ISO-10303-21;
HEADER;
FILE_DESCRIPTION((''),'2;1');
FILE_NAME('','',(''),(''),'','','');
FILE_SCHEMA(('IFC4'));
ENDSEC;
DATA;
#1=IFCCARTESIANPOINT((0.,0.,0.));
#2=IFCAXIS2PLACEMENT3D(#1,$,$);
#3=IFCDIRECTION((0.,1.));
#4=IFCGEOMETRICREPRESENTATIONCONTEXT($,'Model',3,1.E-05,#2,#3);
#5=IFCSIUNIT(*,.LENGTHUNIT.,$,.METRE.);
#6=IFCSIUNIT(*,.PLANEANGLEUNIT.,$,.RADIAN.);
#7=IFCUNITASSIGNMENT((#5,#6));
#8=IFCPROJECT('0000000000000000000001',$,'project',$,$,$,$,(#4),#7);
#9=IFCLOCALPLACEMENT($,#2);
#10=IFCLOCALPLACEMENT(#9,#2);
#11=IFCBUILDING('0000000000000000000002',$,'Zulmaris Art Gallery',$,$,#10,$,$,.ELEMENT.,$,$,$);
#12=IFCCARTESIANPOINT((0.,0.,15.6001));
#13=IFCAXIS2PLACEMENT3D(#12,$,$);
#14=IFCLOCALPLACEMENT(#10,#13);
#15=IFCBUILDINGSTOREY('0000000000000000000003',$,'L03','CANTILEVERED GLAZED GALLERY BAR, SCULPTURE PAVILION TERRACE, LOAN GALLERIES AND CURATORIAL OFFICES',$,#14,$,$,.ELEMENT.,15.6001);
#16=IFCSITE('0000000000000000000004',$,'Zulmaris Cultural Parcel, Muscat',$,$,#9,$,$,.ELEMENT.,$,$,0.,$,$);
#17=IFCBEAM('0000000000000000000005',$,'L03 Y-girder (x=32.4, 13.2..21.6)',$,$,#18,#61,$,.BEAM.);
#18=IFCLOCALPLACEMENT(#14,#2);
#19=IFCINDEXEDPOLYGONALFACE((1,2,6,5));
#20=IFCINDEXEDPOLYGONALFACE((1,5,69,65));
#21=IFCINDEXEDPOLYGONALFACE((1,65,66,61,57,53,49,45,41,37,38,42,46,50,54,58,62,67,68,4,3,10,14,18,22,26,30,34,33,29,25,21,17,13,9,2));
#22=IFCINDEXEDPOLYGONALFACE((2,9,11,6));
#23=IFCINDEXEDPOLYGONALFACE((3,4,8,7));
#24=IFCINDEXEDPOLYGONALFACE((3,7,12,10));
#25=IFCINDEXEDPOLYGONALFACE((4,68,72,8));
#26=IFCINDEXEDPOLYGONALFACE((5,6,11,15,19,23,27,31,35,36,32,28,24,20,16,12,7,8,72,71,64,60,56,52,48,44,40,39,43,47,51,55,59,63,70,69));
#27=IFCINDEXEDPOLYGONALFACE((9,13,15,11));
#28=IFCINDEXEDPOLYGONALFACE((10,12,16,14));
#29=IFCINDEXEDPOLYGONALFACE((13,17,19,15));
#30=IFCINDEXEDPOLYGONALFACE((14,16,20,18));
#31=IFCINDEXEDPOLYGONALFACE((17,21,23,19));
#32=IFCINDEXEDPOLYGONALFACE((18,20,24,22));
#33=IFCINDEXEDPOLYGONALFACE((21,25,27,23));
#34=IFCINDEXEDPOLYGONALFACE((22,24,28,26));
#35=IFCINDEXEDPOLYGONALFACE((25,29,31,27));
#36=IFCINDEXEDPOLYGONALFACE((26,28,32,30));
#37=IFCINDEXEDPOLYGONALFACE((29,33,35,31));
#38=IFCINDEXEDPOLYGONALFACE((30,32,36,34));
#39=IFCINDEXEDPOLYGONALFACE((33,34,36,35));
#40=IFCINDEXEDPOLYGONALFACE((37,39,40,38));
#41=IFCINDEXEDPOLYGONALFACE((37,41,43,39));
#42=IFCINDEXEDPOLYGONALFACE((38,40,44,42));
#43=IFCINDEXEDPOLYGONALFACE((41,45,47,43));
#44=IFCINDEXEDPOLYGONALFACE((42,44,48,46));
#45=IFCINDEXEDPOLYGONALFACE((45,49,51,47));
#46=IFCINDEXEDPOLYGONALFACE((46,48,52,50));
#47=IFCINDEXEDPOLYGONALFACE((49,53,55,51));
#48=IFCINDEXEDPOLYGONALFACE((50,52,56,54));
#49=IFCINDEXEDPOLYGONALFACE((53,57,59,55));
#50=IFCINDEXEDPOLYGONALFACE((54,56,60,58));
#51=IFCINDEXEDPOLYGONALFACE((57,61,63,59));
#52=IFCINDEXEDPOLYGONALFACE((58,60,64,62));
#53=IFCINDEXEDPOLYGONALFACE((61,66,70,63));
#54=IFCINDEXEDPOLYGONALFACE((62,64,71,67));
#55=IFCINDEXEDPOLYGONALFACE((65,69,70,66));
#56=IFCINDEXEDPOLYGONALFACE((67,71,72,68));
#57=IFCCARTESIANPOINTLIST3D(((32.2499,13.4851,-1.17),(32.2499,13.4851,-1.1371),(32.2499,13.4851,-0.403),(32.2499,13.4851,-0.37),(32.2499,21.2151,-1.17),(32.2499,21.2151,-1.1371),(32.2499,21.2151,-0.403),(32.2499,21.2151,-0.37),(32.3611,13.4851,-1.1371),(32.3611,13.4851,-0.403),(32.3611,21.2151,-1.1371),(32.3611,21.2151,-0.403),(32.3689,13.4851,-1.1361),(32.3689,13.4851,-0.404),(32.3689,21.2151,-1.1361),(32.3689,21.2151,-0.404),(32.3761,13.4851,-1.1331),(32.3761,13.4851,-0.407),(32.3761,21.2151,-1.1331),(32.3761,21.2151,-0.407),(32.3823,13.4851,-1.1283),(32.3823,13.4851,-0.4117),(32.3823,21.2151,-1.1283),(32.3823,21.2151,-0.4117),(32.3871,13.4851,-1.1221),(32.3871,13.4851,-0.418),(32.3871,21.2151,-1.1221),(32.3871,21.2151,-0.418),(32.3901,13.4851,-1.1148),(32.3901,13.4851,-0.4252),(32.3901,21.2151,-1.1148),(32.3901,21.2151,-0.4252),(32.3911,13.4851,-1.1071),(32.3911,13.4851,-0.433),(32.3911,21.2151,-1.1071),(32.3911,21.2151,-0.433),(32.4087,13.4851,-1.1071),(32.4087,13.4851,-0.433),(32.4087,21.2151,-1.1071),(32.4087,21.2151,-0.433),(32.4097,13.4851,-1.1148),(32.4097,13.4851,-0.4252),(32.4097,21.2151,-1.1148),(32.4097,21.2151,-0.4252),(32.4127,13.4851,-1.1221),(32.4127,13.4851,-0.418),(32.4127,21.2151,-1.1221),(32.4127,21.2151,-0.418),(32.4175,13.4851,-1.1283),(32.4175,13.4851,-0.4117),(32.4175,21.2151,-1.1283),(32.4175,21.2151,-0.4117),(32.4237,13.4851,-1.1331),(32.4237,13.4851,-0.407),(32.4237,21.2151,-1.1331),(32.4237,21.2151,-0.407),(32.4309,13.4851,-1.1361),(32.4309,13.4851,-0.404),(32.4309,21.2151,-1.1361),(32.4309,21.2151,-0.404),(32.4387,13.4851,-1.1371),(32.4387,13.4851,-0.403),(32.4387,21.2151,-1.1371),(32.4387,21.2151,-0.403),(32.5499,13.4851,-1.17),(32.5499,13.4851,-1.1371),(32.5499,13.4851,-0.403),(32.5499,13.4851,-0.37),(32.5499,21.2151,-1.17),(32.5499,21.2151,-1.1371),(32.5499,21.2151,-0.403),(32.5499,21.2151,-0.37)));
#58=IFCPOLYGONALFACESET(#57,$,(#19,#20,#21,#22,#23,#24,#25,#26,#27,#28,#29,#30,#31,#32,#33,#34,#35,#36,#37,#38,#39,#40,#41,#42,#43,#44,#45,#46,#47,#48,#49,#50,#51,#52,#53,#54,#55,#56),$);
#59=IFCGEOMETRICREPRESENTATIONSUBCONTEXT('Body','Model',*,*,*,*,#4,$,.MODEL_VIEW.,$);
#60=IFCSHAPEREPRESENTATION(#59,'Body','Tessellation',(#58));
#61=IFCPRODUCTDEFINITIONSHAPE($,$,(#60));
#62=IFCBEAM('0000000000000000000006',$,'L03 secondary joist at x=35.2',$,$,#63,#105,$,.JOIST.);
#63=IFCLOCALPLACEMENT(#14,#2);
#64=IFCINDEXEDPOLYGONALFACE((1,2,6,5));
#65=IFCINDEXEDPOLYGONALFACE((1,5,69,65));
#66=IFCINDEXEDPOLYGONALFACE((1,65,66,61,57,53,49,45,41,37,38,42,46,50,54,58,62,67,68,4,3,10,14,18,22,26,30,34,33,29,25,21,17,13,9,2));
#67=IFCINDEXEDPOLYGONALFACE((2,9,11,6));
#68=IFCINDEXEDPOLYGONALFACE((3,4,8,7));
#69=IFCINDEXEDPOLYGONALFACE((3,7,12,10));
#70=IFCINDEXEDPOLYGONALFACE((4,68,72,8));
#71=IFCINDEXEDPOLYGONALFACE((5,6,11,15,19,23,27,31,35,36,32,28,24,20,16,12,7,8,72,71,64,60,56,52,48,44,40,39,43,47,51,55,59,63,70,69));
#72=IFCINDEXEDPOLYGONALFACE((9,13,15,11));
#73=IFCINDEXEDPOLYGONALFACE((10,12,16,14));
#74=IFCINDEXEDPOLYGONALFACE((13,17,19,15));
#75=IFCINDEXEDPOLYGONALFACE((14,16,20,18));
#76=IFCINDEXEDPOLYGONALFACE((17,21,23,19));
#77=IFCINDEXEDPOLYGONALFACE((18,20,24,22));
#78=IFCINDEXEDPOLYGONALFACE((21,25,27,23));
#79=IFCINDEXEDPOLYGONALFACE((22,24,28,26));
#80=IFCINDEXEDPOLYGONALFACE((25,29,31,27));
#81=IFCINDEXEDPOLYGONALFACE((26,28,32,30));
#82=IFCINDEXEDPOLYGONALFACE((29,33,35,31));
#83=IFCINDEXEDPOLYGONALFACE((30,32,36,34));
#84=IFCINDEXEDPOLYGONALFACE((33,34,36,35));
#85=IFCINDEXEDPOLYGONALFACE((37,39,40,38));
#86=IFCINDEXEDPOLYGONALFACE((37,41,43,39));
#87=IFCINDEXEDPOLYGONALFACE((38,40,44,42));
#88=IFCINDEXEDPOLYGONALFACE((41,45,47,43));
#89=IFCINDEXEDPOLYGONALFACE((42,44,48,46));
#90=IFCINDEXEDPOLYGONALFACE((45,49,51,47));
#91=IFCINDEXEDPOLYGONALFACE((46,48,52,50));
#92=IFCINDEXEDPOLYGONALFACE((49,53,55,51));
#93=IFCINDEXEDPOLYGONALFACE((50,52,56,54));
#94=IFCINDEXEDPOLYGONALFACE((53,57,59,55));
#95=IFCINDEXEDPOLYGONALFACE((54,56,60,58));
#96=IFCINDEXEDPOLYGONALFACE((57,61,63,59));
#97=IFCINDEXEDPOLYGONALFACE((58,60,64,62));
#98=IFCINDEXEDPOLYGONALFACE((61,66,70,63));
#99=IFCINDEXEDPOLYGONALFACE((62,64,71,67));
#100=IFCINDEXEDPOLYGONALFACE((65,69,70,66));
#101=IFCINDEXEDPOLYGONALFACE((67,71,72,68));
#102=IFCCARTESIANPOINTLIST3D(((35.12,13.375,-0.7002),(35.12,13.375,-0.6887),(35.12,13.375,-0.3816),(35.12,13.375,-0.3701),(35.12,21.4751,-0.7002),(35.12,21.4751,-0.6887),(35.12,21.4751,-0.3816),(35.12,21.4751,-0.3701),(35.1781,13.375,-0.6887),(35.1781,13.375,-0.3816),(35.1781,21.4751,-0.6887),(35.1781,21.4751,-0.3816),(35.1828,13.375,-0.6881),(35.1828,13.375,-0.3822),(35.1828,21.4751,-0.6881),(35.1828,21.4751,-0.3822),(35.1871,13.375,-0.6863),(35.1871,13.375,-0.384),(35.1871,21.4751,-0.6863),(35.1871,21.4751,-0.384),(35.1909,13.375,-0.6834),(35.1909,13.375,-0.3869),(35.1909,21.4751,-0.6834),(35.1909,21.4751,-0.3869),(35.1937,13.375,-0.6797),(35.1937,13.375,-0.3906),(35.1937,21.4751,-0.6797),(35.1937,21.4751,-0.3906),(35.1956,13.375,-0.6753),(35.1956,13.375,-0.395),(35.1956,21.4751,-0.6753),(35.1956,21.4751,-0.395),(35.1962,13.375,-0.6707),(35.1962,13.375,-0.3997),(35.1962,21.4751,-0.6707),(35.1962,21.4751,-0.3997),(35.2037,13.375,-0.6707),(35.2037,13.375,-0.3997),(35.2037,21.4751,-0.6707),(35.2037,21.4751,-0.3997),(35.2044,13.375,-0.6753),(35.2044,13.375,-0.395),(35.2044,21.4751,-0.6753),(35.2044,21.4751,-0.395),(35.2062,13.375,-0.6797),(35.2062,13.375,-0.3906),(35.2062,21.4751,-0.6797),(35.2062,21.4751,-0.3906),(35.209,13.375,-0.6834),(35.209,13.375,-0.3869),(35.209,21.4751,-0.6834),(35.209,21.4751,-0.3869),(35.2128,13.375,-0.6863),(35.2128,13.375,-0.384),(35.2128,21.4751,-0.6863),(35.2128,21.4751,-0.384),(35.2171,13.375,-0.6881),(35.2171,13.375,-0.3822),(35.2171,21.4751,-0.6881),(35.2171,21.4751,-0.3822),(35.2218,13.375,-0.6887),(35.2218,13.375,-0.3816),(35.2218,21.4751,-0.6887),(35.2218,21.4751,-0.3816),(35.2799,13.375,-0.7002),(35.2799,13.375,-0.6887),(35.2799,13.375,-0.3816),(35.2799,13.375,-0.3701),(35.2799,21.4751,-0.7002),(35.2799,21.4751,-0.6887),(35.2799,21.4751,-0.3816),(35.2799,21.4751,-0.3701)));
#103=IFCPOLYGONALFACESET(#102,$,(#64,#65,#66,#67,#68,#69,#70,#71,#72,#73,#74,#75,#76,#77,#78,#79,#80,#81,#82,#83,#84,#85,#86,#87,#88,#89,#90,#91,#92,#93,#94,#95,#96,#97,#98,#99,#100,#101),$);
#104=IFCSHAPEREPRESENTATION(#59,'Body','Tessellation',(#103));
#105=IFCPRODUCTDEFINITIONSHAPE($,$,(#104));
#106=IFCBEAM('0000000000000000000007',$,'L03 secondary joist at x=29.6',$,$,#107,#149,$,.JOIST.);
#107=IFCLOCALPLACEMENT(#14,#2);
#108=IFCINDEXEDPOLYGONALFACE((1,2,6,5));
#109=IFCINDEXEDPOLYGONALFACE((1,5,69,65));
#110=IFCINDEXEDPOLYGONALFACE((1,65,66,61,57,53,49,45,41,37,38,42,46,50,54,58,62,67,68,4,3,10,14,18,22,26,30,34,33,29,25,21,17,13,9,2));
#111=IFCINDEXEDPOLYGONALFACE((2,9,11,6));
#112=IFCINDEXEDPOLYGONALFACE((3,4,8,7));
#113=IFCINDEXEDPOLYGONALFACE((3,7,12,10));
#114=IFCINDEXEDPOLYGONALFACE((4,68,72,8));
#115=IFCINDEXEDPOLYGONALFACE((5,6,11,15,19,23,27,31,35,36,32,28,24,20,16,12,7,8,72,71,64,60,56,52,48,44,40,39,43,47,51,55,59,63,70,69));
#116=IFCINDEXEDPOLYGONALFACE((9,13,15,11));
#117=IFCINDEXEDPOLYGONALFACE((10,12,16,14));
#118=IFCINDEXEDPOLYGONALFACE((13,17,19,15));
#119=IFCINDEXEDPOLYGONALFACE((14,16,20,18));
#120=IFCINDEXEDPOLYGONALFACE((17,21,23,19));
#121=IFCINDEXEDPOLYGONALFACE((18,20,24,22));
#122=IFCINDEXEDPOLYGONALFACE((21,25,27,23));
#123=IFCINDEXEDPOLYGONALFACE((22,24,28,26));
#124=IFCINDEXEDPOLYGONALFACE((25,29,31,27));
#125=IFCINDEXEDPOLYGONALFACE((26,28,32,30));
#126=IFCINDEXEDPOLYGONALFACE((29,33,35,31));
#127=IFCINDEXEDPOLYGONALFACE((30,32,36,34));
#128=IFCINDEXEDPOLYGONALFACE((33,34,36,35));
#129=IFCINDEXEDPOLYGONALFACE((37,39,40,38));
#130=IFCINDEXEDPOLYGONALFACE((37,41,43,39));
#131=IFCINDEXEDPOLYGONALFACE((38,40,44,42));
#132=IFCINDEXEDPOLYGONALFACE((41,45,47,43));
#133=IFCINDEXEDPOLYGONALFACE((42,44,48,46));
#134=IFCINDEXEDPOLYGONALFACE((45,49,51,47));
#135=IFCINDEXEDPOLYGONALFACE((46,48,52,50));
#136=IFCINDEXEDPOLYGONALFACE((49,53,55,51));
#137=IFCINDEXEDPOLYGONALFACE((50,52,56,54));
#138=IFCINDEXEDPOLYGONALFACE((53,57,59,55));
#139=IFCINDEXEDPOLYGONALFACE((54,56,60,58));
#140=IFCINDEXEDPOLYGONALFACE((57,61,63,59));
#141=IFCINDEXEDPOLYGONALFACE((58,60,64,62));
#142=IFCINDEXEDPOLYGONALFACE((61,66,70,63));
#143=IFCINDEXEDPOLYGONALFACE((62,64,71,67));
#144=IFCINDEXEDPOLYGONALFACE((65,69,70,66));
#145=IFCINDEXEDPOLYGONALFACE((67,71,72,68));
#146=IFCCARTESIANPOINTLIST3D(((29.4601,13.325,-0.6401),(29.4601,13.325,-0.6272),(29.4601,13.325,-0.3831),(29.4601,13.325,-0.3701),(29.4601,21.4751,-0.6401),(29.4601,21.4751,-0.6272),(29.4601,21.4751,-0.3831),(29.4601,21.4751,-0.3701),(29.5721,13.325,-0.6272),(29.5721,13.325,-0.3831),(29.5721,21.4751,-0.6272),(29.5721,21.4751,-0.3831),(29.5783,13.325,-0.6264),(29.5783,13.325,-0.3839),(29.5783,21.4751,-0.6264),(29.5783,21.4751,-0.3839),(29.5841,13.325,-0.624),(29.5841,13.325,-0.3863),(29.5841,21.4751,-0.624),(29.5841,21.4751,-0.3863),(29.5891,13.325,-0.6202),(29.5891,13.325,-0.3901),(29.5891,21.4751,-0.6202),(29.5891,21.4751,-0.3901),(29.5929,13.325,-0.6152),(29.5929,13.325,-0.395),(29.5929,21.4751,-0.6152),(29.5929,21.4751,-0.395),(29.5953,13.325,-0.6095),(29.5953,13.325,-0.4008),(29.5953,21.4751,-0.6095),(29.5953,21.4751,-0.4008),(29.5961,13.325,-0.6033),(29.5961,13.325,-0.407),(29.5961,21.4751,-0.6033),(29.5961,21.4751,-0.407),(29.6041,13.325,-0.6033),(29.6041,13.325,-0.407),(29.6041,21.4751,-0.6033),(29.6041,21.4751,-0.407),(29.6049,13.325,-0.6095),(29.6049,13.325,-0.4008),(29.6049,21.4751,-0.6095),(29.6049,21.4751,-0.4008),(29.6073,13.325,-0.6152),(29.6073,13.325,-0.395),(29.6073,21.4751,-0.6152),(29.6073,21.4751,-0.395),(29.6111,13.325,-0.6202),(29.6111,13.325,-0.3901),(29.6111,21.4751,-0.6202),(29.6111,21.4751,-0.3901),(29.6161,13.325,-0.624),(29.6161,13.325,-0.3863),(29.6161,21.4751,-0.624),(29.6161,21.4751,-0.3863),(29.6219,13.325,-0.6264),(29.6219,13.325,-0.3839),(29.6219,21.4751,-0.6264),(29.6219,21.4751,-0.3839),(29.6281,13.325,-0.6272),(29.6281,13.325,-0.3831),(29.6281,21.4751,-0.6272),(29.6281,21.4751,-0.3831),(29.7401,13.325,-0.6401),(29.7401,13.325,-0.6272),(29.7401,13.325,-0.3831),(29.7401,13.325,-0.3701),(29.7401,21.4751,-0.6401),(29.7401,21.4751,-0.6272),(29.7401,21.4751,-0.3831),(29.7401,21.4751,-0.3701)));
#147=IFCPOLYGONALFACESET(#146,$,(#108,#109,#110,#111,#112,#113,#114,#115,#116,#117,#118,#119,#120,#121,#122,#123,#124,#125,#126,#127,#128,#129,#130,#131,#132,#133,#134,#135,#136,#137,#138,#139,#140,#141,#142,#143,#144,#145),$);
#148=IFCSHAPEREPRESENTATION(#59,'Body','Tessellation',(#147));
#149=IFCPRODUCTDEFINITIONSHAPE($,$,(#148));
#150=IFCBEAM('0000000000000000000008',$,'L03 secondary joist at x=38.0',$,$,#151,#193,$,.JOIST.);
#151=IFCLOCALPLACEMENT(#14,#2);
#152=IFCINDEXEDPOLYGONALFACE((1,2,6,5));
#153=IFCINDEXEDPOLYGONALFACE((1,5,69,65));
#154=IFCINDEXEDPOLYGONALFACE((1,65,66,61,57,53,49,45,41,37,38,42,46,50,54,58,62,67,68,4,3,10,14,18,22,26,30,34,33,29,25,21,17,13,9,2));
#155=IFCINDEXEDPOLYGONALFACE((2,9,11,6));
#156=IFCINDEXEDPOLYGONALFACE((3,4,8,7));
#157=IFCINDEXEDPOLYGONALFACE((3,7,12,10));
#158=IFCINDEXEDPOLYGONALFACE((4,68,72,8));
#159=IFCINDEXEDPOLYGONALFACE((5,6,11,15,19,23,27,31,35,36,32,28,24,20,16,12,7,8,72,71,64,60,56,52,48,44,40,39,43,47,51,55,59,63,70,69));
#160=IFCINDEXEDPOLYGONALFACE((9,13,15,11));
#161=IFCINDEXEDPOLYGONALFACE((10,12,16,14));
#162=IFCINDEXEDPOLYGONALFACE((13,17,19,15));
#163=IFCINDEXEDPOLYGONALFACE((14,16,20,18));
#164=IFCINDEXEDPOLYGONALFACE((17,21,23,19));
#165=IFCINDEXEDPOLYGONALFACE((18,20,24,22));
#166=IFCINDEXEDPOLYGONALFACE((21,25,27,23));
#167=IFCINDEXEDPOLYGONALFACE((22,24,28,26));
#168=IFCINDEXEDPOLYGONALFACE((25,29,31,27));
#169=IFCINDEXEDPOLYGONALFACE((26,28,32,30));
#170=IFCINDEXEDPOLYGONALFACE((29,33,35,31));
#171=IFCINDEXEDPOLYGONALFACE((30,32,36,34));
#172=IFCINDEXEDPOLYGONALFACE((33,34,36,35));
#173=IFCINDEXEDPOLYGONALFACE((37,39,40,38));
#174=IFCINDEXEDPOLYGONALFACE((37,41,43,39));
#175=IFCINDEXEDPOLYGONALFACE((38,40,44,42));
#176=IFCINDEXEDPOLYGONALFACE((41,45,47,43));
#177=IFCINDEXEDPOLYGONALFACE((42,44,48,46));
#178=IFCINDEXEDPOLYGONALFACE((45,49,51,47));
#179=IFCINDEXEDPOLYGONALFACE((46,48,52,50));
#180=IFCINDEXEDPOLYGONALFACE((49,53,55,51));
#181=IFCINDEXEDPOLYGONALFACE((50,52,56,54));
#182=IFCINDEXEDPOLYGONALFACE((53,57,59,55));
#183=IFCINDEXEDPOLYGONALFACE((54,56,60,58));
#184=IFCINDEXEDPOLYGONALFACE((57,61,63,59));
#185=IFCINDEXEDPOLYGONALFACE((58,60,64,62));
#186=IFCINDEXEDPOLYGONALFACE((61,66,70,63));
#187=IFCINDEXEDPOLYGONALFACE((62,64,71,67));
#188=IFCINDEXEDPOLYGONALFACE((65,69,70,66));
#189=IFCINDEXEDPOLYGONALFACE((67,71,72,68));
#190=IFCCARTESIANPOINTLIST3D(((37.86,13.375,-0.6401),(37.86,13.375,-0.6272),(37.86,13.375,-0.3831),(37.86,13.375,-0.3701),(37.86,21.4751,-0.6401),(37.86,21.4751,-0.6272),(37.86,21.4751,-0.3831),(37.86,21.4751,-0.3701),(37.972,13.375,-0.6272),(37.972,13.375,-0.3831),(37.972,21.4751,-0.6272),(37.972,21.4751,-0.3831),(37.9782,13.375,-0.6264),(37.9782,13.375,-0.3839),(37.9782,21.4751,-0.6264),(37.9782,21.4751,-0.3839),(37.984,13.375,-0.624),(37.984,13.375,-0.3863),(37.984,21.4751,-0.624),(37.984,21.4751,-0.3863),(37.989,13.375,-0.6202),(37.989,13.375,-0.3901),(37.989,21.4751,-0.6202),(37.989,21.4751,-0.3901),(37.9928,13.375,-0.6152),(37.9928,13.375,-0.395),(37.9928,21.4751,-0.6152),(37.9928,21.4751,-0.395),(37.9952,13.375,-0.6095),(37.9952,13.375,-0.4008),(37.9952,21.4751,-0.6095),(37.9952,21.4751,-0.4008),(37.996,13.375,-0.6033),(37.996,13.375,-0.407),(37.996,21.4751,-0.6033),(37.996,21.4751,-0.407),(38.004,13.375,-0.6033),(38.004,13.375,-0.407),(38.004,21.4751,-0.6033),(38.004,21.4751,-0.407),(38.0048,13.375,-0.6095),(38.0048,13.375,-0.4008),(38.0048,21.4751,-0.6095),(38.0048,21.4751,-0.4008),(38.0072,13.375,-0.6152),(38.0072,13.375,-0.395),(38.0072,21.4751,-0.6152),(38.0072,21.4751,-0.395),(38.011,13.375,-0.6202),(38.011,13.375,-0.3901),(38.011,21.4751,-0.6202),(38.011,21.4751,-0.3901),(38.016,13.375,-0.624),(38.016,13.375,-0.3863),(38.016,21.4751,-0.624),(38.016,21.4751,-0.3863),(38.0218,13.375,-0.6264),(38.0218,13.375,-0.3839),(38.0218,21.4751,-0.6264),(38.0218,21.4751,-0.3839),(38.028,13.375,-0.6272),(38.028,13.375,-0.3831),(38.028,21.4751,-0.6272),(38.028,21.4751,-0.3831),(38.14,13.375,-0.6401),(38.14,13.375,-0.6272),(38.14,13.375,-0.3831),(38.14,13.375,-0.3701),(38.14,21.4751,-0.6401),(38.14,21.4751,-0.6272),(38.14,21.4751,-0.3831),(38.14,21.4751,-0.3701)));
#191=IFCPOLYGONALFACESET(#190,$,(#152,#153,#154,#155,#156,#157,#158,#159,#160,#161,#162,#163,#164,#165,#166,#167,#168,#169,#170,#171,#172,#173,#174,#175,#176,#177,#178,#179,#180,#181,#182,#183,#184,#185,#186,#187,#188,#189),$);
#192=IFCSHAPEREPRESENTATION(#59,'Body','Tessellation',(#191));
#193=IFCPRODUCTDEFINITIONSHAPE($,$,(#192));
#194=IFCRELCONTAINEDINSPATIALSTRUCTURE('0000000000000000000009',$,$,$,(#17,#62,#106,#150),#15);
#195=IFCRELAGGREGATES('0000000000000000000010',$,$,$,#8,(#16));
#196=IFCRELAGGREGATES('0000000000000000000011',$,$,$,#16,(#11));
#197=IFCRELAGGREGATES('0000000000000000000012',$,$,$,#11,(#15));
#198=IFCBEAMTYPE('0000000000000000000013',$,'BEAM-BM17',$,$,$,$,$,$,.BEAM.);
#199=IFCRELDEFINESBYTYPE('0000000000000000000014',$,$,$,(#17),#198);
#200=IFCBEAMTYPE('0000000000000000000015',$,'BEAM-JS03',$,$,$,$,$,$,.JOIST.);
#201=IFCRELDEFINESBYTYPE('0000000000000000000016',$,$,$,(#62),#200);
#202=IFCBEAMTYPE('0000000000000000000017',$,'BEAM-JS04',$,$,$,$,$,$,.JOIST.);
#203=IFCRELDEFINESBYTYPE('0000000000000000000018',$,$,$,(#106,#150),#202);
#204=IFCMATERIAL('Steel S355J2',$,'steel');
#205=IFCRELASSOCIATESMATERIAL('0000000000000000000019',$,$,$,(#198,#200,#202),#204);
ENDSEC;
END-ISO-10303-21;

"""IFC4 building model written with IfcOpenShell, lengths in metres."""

from ifc_helpers import new_model, si_unit, direction, frame, origin, origin_2d, place, context, subcontext, project, spatial, i_section, extrude, material, material_profile, profile_set, type_object, element, save


model = new_model("IFC4")

# Units and contexts
model_context = context("Model", 3, precision=1e-05, world=origin(), true_north=direction((0.0, 1.0)))
body_context = subcontext(model_context, "Body", "Model", "MODEL_VIEW")
ifc_project = project(units=[si_unit("LENGTHUNIT", "METRE"), si_unit("PLANEANGLEUNIT", "RADIAN")], contexts=[model_context])

# Site, building, storey
site_placement = place(None, origin())
site = spatial("IfcSite", under=ifc_project, at=site_placement, Name="Zulmaris Cultural Parcel, Muscat", CompositionType="ELEMENT", RefElevation=0.0)
building_placement = place(site_placement, origin())
building = spatial("IfcBuilding", under=site, at=building_placement, Name="Zulmaris Art Gallery", CompositionType="ELEMENT")
storey_placement = place(building_placement, frame((0.0, 0.0, 15.6001)))
storey = spatial("IfcBuildingStorey", under=building, at=storey_placement, Name="L03", Description="CANTILEVERED GLAZED GALLERY BAR, SCULPTURE PAVILION TERRACE, LOAN GALLERIES AND CURATORIAL OFFICES", CompositionType="ELEMENT", Elevation=15.6001)

# Beams
ifc_material_1 = material(Name="Steel S355J2", Category="steel")
ifc_material_profile_1 = material_profile(ifc_material_1, i_section(OverallWidth=0.3, OverallDepth=0.8, WebThickness=0.0176, FlangeThickness=0.033, FilletRadius=0.03, at=origin_2d()), Name="HEB 800")
ifc_profile_set_1 = profile_set([ifc_material_profile_1], Name="Steel S355J2")
beam_type_1 = type_object("IfcBeamType", Name="BEAM-BM17", PredefinedType="BEAM", material=ifc_profile_set_1)
beam_1_placement = place(storey_placement, frame((32.3999, 13.4851, -0.77), z_axis=(0.0, 1.0, 0.0), x_axis=(-1.0, 0.0, 0.0)))
element("IfcBeam", 1, at=beam_1_placement, inside=storey, type_object=beam_type_1, Name="L03 Y-girder (x=32.4, 13.2..21.6)", PredefinedType="BEAM", context=body_context, shape_type="SweptSolid", body=[
    extrude(i_section(OverallWidth=0.3, OverallDepth=0.8, WebThickness=0.0176, FlangeThickness=0.033, FilletRadius=0.03, at=origin_2d()), origin(), (0.0, 0.0, 1.0), 7.73),
])
ifc_material_profile_2 = material_profile(ifc_material_1, i_section(OverallWidth=0.1599, OverallDepth=0.3301, WebThickness=0.0076, FlangeThickness=0.0115, FilletRadius=0.0181, at=origin_2d()), Name="IPE 330")
ifc_profile_set_2 = profile_set([ifc_material_profile_2], Name="Steel S355J2")
beam_type_2 = type_object("IfcBeamType", Name="BEAM-JS03", PredefinedType="JOIST", material=ifc_profile_set_2)
beam_2_placement = place(storey_placement, frame((35.2, 13.375, -0.5352), z_axis=(0.0, 1.0, 0.0), x_axis=(-1.0, 0.0, 0.0)))
element("IfcBeam", 2, at=beam_2_placement, inside=storey, type_object=beam_type_2, Name="L03 secondary joist at x=35.2", PredefinedType="JOIST", context=body_context, shape_type="SweptSolid", body=[
    extrude(i_section(OverallWidth=0.1599, OverallDepth=0.3301, WebThickness=0.0076, FlangeThickness=0.0115, FilletRadius=0.0181, at=origin_2d()), origin(), (0.0, 0.0, 1.0), 8.1001),
])
ifc_material_profile_3 = material_profile(ifc_material_1, i_section(OverallWidth=0.28, OverallDepth=0.27, WebThickness=0.0081, FlangeThickness=0.0129, FilletRadius=0.0239, at=origin_2d()), Name="HEA 280")
ifc_profile_set_3 = profile_set([ifc_material_profile_3], Name="Steel S355J2")
beam_type_3 = type_object("IfcBeamType", Name="BEAM-JS04", PredefinedType="JOIST", material=ifc_profile_set_3)
beam_3_placement = place(storey_placement, frame((29.6001, 13.325, -0.5051), z_axis=(0.0, 1.0, 0.0), x_axis=(-1.0, 0.0, 0.0)))
element("IfcBeam", 3, at=beam_3_placement, inside=storey, type_object=beam_type_3, Name="L03 secondary joist at x=29.6", PredefinedType="JOIST", context=body_context, shape_type="SweptSolid", body=[
    extrude(i_section(OverallWidth=0.28, OverallDepth=0.27, WebThickness=0.0081, FlangeThickness=0.0129, FilletRadius=0.0239, at=origin_2d()), origin(), (0.0, 0.0, 1.0), 8.1501),
])
beam_4_placement = place(storey_placement, frame((38.0, 13.375, -0.5051), z_axis=(0.0, 1.0, 0.0), x_axis=(-1.0, 0.0, 0.0)))
element("IfcBeam", 4, at=beam_4_placement, inside=storey, type_object=beam_type_3, Name="L03 secondary joist at x=38.0", PredefinedType="JOIST", context=body_context, shape_type="SweptSolid", body=[
    extrude(i_section(OverallWidth=0.28, OverallDepth=0.27, WebThickness=0.0081, FlangeThickness=0.0129, FilletRadius=0.0239, at=origin_2d()), origin(), (0.0, 0.0, 1.0), 8.1001),
])

save(model, "model.ifc")
